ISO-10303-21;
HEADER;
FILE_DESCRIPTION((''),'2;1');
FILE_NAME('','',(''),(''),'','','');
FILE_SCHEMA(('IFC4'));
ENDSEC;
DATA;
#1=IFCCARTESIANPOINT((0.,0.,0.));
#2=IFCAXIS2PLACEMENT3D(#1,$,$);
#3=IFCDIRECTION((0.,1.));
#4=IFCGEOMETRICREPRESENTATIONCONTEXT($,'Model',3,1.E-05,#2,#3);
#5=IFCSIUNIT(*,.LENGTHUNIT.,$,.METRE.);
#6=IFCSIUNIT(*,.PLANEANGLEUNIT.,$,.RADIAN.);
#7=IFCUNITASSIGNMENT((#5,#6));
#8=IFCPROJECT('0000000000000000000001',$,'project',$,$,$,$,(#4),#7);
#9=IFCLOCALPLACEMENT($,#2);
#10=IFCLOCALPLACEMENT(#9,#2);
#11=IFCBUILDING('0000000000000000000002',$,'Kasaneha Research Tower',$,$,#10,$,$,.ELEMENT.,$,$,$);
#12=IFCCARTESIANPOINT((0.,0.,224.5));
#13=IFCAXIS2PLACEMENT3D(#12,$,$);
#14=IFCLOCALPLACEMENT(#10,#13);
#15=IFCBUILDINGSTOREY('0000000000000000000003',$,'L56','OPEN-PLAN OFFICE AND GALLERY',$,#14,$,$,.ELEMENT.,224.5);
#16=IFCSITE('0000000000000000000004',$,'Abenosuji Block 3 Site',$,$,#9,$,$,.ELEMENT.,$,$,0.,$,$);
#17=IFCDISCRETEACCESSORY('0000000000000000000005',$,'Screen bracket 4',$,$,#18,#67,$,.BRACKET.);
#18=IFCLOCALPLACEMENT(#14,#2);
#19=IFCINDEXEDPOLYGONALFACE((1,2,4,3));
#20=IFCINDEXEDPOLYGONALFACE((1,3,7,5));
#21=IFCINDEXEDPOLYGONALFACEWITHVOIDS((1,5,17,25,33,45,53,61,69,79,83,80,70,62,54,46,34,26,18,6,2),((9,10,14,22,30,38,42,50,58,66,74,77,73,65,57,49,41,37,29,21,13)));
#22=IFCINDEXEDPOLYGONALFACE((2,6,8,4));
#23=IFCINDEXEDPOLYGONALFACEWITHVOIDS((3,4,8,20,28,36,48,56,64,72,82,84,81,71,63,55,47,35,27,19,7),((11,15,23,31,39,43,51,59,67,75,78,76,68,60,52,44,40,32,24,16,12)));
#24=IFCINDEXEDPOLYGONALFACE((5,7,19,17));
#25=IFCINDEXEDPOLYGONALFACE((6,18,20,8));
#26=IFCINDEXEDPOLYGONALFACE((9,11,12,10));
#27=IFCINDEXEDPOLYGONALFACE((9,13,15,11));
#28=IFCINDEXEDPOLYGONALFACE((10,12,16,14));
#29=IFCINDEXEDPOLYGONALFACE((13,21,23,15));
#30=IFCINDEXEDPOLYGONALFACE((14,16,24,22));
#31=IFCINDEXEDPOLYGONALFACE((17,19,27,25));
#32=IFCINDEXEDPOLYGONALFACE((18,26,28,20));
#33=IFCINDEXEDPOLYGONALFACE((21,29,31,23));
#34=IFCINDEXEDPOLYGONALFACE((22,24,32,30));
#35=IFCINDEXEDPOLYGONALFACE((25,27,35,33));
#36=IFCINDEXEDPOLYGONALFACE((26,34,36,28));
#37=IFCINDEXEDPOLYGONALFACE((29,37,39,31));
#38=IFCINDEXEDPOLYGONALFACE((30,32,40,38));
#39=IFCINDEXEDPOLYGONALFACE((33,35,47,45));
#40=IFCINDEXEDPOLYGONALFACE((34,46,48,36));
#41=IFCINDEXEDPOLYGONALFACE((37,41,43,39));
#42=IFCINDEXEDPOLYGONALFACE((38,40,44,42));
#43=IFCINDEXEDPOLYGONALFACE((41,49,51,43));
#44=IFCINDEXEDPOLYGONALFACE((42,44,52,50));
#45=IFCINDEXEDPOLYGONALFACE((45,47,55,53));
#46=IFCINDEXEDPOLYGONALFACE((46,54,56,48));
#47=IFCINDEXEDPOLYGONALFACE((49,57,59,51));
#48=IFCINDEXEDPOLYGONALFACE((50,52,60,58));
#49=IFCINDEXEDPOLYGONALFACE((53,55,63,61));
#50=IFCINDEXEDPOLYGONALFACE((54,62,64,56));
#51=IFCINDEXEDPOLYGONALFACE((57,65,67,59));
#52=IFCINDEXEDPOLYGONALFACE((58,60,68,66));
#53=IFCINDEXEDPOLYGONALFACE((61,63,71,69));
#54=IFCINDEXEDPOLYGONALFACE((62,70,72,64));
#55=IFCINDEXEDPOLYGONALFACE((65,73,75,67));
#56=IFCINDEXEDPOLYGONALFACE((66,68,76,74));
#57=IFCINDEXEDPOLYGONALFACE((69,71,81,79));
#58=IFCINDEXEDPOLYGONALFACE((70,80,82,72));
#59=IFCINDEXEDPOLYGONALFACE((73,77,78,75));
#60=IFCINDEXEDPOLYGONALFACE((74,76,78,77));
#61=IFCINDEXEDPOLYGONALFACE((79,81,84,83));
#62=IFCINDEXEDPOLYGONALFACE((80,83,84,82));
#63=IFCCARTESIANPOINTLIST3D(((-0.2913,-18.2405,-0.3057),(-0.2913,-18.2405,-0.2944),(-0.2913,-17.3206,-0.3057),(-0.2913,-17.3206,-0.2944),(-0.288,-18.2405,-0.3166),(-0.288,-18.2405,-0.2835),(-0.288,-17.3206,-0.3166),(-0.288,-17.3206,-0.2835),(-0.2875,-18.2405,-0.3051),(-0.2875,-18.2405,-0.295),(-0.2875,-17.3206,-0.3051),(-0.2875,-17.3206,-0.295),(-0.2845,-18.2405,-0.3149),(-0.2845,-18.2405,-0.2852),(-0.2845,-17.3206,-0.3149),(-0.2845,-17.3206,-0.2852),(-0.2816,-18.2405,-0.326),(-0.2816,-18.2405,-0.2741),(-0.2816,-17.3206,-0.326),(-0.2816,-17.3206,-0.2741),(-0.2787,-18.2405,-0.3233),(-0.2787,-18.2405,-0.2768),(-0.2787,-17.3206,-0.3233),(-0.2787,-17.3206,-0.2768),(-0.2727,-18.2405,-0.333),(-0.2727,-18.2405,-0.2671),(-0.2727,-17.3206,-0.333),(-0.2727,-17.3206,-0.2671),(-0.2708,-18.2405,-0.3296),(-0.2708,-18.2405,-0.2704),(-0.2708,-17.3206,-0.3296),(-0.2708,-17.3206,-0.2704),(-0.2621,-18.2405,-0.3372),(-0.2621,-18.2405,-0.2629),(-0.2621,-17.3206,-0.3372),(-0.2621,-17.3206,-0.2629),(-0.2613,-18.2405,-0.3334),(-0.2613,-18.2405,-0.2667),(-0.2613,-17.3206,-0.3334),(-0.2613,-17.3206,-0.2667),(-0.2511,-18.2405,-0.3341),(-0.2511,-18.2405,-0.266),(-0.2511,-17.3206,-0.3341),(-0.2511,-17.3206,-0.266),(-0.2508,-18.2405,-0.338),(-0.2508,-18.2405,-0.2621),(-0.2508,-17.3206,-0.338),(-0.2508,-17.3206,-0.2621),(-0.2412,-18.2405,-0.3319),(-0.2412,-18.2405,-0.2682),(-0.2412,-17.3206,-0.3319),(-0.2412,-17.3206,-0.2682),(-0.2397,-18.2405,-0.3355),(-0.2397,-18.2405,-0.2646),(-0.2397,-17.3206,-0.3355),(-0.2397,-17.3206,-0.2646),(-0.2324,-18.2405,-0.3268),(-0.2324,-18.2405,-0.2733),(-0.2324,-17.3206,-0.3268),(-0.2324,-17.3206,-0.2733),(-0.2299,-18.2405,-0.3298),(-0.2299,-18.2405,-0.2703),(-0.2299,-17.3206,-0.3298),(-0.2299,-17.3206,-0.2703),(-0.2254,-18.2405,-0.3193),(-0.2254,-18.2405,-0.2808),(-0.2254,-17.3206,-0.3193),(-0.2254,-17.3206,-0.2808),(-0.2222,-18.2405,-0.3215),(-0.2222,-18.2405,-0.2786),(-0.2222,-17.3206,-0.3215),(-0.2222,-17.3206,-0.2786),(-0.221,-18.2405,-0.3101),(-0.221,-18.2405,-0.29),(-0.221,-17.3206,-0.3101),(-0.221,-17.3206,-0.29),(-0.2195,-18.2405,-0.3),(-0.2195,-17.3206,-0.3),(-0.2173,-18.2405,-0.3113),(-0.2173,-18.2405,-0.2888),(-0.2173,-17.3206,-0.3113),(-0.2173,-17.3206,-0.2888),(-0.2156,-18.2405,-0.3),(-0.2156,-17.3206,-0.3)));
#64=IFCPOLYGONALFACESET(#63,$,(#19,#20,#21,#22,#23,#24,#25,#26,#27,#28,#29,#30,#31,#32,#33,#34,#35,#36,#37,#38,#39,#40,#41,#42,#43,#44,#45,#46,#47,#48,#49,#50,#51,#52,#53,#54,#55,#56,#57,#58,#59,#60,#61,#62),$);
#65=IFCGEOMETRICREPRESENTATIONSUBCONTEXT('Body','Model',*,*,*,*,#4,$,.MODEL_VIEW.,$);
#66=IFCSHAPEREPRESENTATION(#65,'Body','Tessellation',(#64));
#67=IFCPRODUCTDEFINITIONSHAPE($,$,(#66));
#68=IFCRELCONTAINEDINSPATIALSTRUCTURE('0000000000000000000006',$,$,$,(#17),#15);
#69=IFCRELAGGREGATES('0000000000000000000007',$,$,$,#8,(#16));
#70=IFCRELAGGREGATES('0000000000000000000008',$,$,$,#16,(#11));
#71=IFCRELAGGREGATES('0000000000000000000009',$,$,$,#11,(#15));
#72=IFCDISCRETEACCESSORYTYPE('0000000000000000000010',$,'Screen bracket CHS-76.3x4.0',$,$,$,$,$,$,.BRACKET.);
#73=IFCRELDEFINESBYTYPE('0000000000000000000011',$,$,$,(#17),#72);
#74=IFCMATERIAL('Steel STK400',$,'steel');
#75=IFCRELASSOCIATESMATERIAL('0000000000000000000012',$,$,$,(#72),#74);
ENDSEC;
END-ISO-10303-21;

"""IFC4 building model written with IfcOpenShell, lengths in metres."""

from ifc_helpers import new_model, si_unit, direction, frame, origin, origin_2d, place, context, subcontext, project, spatial, hollow_circle, extrude, material, material_profile, profile_set, type_object, element, save


model = new_model("IFC4")

# Units and contexts
model_context = context("Model", 3, precision=1e-05, world=origin(), true_north=direction((0.0, 1.0)))
body_context = subcontext(model_context, "Body", "Model", "MODEL_VIEW")
ifc_project = project(units=[si_unit("LENGTHUNIT", "METRE"), si_unit("PLANEANGLEUNIT", "RADIAN")], contexts=[model_context])

# Site, building, storey
site_placement = place(None, origin())
site = spatial("IfcSite", under=ifc_project, at=site_placement, Name="Abenosuji Block 3 Site", CompositionType="ELEMENT", RefElevation=0.0)
building_placement = place(site_placement, origin())
building = spatial("IfcBuilding", under=site, at=building_placement, Name="Kasaneha Research Tower", CompositionType="ELEMENT")
storey_placement = place(building_placement, frame((0.0, 0.0, 224.5)))
storey = spatial("IfcBuildingStorey", under=building, at=storey_placement, Name="L56", Description="OPEN-PLAN OFFICE AND GALLERY", CompositionType="ELEMENT", Elevation=224.5)

# Discrete accessory
ifc_material_1 = material(Name="Steel STK400", Category="steel")
ifc_material_profile_1 = material_profile(ifc_material_1, hollow_circle(Radius=0.0381, WallThickness=0.0039, at=origin_2d()), Name="CHS-76.3x4.0")
ifc_profile_set_1 = profile_set([ifc_material_profile_1], Name="Steel STK400")
discrete_accessory_type = type_object("IfcDiscreteAccessoryType", Name="Screen bracket CHS-76.3x4.0", PredefinedType="BRACKET", material=ifc_profile_set_1)
for number, where, z_axis, x_axis, name in (
    (1, (-0.2537, -17.3206, -0.3), (0.0, -1.0, 0.0), (1.0, 0.0, 0.0), "Screen bracket 4"),
):
    element("IfcDiscreteAccessory", number, at=place(storey_placement, frame(where, z_axis=z_axis, x_axis=x_axis)), inside=storey, type_object=discrete_accessory_type, Name=name, PredefinedType="BRACKET", context=body_context, shape_type="SweptSolid", body=[
        extrude(hollow_circle(Radius=0.0381, WallThickness=0.0039, at=origin_2d()), origin(), (0.0, 0.0, 1.0), 0.9199),
    ])

save(model, "model.ifc")
